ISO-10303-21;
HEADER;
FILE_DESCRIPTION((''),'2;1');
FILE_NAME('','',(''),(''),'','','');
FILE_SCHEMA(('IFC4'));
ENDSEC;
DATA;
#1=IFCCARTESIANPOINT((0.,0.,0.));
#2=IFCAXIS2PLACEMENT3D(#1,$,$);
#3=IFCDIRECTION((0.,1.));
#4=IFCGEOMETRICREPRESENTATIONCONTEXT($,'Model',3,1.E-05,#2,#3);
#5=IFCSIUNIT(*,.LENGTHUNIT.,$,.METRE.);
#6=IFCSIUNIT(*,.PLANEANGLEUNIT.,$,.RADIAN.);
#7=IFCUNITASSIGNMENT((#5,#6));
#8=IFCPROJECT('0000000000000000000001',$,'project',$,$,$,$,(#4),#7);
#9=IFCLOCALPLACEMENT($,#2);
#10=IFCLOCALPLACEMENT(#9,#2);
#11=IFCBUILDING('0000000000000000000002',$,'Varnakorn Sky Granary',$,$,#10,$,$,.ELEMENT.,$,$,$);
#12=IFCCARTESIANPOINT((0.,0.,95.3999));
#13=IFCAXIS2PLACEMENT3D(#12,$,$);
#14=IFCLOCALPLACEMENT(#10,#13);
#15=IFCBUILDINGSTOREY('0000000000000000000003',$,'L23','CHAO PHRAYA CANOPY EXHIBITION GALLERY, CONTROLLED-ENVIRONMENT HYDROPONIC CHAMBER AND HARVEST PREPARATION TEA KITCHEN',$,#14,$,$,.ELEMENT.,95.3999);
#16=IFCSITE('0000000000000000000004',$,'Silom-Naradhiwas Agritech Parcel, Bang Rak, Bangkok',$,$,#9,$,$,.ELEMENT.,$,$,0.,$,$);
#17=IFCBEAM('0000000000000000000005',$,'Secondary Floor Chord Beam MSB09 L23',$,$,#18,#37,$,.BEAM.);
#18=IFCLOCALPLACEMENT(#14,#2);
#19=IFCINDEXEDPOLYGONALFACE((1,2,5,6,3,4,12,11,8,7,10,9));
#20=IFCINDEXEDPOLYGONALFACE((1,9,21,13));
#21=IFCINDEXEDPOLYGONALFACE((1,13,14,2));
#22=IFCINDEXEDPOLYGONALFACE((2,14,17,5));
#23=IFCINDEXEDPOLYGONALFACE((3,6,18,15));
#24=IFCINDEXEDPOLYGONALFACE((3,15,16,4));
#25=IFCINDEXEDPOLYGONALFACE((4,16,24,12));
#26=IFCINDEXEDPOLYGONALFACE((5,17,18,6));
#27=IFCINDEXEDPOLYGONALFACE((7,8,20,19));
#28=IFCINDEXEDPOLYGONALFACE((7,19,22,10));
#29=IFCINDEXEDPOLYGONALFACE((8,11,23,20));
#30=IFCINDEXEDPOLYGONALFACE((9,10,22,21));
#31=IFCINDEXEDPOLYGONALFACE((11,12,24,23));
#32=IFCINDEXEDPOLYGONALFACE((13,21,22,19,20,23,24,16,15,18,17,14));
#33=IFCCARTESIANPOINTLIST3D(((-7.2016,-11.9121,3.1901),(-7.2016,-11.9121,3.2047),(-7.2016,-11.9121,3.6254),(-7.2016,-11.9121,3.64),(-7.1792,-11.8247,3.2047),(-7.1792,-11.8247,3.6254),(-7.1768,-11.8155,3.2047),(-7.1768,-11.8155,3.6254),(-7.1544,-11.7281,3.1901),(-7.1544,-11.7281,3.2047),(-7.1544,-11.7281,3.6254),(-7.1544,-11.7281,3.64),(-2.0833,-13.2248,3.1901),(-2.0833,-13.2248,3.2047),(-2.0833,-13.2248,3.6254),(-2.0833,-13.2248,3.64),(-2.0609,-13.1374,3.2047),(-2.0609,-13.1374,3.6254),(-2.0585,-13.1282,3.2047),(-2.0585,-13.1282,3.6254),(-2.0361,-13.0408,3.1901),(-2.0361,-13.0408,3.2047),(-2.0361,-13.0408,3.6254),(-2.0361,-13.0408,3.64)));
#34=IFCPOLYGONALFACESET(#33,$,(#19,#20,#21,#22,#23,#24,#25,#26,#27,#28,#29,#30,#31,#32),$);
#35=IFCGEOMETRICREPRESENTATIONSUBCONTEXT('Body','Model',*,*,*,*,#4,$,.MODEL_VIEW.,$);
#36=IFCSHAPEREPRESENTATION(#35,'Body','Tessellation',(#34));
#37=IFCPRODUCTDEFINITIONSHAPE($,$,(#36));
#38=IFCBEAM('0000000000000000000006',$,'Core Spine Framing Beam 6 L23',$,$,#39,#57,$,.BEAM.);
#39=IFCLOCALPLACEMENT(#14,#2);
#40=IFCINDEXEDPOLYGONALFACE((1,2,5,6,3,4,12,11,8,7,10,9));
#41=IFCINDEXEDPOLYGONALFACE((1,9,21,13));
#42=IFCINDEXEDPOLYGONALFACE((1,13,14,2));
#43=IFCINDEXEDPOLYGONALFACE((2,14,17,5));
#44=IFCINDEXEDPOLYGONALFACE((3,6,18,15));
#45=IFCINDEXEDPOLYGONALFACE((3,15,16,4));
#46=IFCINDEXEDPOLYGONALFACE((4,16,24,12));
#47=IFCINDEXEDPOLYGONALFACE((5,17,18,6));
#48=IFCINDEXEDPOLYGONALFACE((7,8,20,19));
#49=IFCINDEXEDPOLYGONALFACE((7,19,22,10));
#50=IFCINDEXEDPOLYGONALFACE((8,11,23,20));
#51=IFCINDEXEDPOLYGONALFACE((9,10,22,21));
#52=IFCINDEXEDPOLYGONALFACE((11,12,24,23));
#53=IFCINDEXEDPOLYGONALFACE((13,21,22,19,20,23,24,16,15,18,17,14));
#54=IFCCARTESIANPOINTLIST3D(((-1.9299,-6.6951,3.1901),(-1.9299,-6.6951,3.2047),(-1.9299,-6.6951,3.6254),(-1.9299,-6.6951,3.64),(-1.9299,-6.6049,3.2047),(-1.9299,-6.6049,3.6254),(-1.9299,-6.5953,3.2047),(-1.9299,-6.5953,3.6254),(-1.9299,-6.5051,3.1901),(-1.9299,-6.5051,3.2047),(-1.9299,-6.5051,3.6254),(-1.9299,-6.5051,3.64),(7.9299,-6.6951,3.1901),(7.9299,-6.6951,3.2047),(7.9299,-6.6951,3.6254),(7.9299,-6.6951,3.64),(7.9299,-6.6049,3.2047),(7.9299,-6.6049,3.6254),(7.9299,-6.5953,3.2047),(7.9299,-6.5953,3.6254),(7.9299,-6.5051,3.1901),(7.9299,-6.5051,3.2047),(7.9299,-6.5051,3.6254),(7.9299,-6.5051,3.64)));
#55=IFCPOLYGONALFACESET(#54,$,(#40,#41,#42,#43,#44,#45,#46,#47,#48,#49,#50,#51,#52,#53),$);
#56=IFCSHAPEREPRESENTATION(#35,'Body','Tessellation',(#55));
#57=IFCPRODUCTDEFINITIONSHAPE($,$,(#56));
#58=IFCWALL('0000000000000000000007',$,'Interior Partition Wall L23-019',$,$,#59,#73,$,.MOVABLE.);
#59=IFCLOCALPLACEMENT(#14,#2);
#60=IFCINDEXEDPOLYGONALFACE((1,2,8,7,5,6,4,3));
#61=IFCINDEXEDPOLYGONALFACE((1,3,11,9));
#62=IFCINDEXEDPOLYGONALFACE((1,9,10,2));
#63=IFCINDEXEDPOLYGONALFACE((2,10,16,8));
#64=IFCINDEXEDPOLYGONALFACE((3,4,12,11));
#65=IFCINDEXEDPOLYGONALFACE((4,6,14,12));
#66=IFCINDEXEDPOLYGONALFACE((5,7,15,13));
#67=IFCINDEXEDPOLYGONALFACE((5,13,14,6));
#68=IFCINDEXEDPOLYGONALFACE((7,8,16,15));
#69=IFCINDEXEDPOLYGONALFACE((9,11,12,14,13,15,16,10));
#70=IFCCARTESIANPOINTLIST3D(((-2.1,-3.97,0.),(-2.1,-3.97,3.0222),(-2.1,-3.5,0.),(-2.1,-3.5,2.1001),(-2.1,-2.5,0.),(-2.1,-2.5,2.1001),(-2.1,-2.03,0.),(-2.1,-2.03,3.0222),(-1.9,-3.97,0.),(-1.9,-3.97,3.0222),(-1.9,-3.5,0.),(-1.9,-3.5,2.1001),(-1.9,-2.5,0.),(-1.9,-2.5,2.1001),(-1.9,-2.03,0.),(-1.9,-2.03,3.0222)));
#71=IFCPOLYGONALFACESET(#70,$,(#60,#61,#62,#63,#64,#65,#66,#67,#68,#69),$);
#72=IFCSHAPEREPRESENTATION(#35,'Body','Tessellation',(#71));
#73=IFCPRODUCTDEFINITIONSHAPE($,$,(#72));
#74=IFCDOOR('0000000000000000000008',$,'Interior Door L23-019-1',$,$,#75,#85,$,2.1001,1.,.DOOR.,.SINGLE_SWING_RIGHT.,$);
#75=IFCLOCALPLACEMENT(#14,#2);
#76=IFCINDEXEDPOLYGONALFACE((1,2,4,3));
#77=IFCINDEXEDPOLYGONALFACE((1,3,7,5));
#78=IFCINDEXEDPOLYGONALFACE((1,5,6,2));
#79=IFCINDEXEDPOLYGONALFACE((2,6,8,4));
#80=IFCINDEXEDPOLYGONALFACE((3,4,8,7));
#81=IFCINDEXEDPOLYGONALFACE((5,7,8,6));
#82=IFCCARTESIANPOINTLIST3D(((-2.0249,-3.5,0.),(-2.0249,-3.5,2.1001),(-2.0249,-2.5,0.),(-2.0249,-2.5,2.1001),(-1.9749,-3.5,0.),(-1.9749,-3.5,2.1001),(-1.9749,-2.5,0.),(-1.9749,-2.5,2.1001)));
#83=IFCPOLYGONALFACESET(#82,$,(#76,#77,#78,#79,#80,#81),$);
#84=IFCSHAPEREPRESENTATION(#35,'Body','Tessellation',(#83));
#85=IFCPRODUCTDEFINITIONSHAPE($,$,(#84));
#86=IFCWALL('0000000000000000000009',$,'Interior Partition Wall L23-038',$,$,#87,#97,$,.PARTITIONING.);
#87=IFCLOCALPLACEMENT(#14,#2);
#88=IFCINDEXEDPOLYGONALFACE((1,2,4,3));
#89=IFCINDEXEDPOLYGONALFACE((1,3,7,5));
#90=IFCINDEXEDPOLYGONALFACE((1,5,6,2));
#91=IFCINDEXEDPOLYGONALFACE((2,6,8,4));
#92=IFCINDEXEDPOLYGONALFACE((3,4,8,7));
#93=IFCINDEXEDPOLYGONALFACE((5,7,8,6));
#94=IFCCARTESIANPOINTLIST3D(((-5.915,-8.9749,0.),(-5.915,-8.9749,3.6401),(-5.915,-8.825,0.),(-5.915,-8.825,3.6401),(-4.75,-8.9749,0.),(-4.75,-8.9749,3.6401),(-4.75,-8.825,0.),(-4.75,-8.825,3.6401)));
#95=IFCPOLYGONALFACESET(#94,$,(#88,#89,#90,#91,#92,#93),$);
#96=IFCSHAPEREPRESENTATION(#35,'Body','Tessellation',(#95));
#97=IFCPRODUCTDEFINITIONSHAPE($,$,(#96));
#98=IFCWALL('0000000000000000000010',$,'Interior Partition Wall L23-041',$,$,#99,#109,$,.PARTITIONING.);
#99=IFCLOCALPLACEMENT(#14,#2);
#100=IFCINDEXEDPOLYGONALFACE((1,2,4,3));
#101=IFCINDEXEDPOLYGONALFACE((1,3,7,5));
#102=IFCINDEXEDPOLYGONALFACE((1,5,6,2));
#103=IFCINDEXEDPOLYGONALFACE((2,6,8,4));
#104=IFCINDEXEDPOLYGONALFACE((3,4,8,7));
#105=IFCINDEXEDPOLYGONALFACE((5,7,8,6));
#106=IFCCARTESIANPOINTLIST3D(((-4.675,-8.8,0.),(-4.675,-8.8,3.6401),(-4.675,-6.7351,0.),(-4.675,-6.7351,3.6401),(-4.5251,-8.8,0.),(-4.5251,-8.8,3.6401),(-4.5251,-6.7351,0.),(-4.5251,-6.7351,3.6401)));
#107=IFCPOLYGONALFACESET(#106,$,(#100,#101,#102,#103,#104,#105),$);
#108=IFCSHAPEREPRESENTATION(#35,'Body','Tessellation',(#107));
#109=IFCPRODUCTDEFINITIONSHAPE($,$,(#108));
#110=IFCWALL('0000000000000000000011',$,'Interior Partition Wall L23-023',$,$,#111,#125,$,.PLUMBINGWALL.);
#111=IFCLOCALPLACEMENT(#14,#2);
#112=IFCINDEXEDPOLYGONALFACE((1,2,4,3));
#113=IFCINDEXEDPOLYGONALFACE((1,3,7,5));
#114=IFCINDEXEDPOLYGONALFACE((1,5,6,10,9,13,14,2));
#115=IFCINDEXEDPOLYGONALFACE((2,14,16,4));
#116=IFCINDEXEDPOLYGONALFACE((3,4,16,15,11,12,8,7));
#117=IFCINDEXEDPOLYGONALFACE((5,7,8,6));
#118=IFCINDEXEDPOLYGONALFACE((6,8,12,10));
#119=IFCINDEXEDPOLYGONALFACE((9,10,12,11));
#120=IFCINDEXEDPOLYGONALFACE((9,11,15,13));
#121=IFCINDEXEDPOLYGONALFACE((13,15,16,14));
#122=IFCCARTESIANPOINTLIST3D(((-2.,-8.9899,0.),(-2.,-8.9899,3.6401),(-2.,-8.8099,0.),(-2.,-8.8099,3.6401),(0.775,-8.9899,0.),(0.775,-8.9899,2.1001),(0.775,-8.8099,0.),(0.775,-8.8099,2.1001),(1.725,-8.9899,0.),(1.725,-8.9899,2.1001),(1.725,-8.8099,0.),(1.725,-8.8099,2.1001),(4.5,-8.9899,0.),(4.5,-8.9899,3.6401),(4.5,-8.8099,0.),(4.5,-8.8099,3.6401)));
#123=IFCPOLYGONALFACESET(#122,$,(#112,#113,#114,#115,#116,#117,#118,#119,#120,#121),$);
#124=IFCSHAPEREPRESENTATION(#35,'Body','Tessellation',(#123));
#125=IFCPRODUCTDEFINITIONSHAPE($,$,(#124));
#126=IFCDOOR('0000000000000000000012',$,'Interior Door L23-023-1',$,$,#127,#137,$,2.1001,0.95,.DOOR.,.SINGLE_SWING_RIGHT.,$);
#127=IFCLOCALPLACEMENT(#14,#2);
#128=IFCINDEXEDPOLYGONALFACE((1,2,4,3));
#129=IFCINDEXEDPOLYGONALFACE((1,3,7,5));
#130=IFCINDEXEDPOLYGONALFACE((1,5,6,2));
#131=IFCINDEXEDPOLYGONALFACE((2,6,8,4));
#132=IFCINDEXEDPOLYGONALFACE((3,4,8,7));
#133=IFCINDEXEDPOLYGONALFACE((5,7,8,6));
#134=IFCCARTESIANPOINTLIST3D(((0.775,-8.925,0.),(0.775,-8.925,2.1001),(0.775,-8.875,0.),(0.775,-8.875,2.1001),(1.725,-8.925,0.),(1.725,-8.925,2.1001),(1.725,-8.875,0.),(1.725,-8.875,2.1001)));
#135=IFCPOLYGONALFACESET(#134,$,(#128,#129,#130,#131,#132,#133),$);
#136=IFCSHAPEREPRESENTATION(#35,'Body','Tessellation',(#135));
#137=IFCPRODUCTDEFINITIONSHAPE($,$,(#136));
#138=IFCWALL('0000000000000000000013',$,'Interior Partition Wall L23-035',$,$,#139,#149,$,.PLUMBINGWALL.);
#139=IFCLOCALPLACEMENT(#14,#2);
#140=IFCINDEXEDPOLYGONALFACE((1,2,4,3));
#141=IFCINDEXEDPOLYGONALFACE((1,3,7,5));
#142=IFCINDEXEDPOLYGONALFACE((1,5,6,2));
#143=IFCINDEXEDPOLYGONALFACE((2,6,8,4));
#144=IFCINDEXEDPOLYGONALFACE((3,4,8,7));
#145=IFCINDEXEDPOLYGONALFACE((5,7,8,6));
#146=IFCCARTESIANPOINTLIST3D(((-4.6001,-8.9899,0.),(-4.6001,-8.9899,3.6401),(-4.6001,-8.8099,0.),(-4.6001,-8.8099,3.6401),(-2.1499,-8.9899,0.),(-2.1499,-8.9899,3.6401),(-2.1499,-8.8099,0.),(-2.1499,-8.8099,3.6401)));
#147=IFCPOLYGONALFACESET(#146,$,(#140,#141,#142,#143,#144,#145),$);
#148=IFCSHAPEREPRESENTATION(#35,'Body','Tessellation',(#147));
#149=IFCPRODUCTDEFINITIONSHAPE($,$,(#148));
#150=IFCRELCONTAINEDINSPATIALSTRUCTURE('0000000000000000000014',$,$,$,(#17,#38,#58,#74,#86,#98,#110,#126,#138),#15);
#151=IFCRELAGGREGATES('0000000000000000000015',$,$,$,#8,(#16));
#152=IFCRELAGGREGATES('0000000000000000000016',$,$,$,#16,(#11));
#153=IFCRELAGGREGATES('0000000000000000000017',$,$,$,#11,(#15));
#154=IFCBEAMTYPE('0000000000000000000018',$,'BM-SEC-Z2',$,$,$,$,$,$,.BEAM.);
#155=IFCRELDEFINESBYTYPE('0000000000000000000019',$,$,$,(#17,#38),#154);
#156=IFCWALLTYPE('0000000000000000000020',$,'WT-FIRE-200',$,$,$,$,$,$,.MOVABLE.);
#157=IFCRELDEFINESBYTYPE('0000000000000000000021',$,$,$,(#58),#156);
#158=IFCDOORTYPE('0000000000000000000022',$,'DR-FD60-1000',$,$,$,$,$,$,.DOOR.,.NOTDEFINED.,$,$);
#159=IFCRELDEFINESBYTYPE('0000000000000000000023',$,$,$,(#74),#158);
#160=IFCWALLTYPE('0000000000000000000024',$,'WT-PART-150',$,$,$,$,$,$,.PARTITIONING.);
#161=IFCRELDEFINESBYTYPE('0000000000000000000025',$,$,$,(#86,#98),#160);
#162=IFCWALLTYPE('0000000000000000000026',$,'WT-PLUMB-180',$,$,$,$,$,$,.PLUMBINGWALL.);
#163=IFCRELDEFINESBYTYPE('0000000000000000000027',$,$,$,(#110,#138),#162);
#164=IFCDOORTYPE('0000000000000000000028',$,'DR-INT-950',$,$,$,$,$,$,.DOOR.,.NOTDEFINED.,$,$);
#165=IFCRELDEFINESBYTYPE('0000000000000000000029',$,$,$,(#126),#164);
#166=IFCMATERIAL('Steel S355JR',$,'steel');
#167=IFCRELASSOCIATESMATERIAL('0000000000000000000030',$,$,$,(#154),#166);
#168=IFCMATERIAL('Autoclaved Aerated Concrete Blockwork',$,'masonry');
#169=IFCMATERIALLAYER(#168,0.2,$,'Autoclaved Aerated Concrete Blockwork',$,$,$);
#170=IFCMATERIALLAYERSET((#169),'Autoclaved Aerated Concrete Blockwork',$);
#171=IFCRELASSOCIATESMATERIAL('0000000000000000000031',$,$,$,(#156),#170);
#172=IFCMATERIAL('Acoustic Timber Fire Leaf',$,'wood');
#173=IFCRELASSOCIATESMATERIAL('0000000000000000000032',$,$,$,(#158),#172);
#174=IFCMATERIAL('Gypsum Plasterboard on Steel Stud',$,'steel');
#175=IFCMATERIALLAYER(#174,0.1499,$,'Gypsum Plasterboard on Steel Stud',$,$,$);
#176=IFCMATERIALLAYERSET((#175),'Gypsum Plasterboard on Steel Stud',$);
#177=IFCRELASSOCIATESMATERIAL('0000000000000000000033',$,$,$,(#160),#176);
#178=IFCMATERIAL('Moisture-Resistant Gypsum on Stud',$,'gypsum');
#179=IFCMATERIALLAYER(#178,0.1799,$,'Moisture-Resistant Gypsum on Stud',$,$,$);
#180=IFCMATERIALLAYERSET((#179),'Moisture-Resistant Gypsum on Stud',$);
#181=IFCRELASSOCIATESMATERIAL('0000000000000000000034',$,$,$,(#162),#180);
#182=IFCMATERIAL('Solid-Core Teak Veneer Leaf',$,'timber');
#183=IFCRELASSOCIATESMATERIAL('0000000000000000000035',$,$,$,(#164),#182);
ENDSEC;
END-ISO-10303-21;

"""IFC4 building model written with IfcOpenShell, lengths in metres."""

from ifc_helpers import new_model, si_unit, direction, frame, frame_2d, origin, origin_2d, place, context, subcontext, project, spatial, rectangle, i_section, extrude, material, layer, layer_set, material_profile, profile_set, type_object, element, fill, save


model = new_model("IFC4")

# Units and contexts
model_context = context("Model", 3, precision=1e-05, world=origin(), true_north=direction((0.0, 1.0)))
body_context = subcontext(model_context, "Body", "Model", "MODEL_VIEW")
ifc_project = project(units=[si_unit("LENGTHUNIT", "METRE"), si_unit("PLANEANGLEUNIT", "RADIAN")], contexts=[model_context])

# Site, building, storey
site_placement = place(None, origin())
site = spatial("IfcSite", under=ifc_project, at=site_placement, Name="Silom-Naradhiwas Agritech Parcel, Bang Rak, Bangkok", CompositionType="ELEMENT", RefElevation=0.0)
building_placement = place(site_placement, origin())
building = spatial("IfcBuilding", under=site, at=building_placement, Name="Varnakorn Sky Granary", CompositionType="ELEMENT")
storey_placement = place(building_placement, frame((0.0, 0.0, 95.3999)))
storey = spatial("IfcBuildingStorey", under=building, at=storey_placement, Name="L23", Description="CHAO PHRAYA CANOPY EXHIBITION GALLERY, CONTROLLED-ENVIRONMENT HYDROPONIC CHAMBER AND HARVEST PREPARATION TEA KITCHEN", CompositionType="ELEMENT", Elevation=95.3999)

# Beams
ifc_material_1 = material(Name="Steel S355JR", Category="steel")
ifc_material_profile_1 = material_profile(ifc_material_1, i_section(OverallWidth=0.1899, OverallDepth=0.45, WebThickness=0.0095, FlangeThickness=0.0146, at=origin_2d()), Name="IPE 450")
ifc_profile_set_1 = profile_set([ifc_material_profile_1], Name="Steel S355JR")
beam_type_1 = type_object("IfcBeamType", Name="BM-SEC-Z2", PredefinedType="BEAM", material=ifc_profile_set_1)
beam_1_placement = place(storey_placement, frame((-7.178, -11.8201, 3.415), z_axis=(0.968646, -0.248445, 0.0), x_axis=(0.248445, 0.968646, 0.0)))
element("IfcBeam", 1, at=beam_1_placement, inside=storey, type_object=beam_type_1, Name="Secondary Floor Chord Beam MSB09 L23", PredefinedType="BEAM", context=body_context, shape_type="SweptSolid", body=[
    extrude(i_section(OverallWidth=0.1899, OverallDepth=0.45, WebThickness=0.0095, FlangeThickness=0.0146, at=origin_2d()), origin(), (0.0, 0.0, 1.0), 5.2839),
])
beam_2_placement = place(storey_placement, frame((-1.9299, -6.6001, 3.415), z_axis=(1.0, 0.0, 0.0), x_axis=(0.0, 1.0, 0.0)))
element("IfcBeam", 2, at=beam_2_placement, inside=storey, type_object=beam_type_1, Name="Core Spine Framing Beam 6 L23", PredefinedType="BEAM", context=body_context, shape_type="SweptSolid", body=[
    extrude(i_section(OverallWidth=0.1899, OverallDepth=0.45, WebThickness=0.0095, FlangeThickness=0.0146, at=origin_2d()), origin(), (0.0, 0.0, 1.0), 9.8599),
])

# Wall, opening, door
ifc_material_2 = material(Name="Autoclaved Aerated Concrete Blockwork", Category="masonry")
ifc_layer_1 = layer(ifc_material_2, 0.2, Name="Autoclaved Aerated Concrete Blockwork")
ifc_layer_set_1 = layer_set([ifc_layer_1], Name="Autoclaved Aerated Concrete Blockwork")
wall_type_1 = type_object("IfcWallType", Name="WT-FIRE-200", PredefinedType="MOVABLE", material=ifc_layer_set_1)
wall_1_placement = place(storey_placement, frame((-2.0, -3.97, 0.0), z_axis=(0.0, 0.0, 1.0), x_axis=(0.0, 1.0, 0.0)))
wall_1 = element("IfcWall", 3, at=wall_1_placement, inside=storey, type_object=wall_type_1, Name="Interior Partition Wall L23-019", PredefinedType="MOVABLE", context=body_context, shape_type="SweptSolid", body=[
    extrude(rectangle(XDim=1.9399, YDim=0.2, at=frame_2d((0.97, 0.0))), origin(), (0.0, 0.0, 1.0), 3.0222),
])
opening_1_placement = place(wall_1_placement, frame((0.47, 0.0, 0.0)))
opening_1 = element("IfcOpeningElement", 4, at=opening_1_placement, cuts=wall_1, PredefinedType="OPENING", context=body_context, shape_type="SweptSolid", body=[
    extrude(rectangle(XDim=1.0, YDim=2.1001, at=frame_2d((0.5, 1.05))), frame((0.0, 0.1099, 0.0), z_axis=(0.0, -1.0, 0.0), x_axis=(1.0, 0.0, 0.0)), (0.0, 0.0, 1.0), 0.22),
])
ifc_material_3 = material(Name="Acoustic Timber Fire Leaf", Category="wood")
door_type_1 = type_object("IfcDoorType", Name="DR-FD60-1000", OperationType="NOTDEFINED", PredefinedType="DOOR", material=ifc_material_3)
door_1_placement = place(opening_1_placement, origin())
door_1 = element("IfcDoor", 5, at=door_1_placement, inside=storey, type_object=door_type_1, Name="Interior Door L23-019-1", OperationType="SINGLE_SWING_RIGHT", OverallHeight=2.1001, OverallWidth=1.0, PredefinedType="DOOR", context=body_context, shape_type="SweptSolid", body=[
    extrude(rectangle(XDim=1.0, YDim=2.1001, at=frame_2d((0.5, 1.05))), frame((0.0, 0.0249, 0.0), z_axis=(0.0, -1.0, 0.0), x_axis=(1.0, 0.0, 0.0)), (0.0, 0.0, 1.0), 0.05),
])
fill(opening_1, door_1)

# Walls
ifc_material_4 = material(Name="Gypsum Plasterboard on Steel Stud", Category="steel")
ifc_layer_2 = layer(ifc_material_4, 0.1499, Name="Gypsum Plasterboard on Steel Stud")
ifc_layer_set_2 = layer_set([ifc_layer_2], Name="Gypsum Plasterboard on Steel Stud")
wall_type_2 = type_object("IfcWallType", Name="WT-PART-150", PredefinedType="PARTITIONING", material=ifc_layer_set_2)
wall_2_placement = place(storey_placement, frame((-5.915, -8.8999, 0.0), z_axis=(0.0, 0.0, 1.0), x_axis=(1.0, 0.0, 0.0)))
element("IfcWall", 6, at=wall_2_placement, inside=storey, type_object=wall_type_2, Name="Interior Partition Wall L23-038", PredefinedType="PARTITIONING", context=body_context, shape_type="SweptSolid", body=[
    extrude(rectangle(XDim=1.165, YDim=0.1499, at=frame_2d((0.5825, 0.0))), origin(), (0.0, 0.0, 1.0), 3.6401),
])
wall_3_placement = place(storey_placement, frame((-4.6001, -6.7351, 0.0), z_axis=(0.0, 0.0, 1.0), x_axis=(0.0, -1.0, 0.0)))
element("IfcWall", 7, at=wall_3_placement, inside=storey, type_object=wall_type_2, Name="Interior Partition Wall L23-041", PredefinedType="PARTITIONING", context=body_context, shape_type="SweptSolid", body=[
    extrude(rectangle(XDim=2.0649, YDim=0.1499, at=frame_2d((1.0325, 0.0))), origin(), (0.0, 0.0, 1.0), 3.6401),
])

# Wall, opening, door
ifc_material_5 = material(Name="Moisture-Resistant Gypsum on Stud", Category="gypsum")
ifc_layer_3 = layer(ifc_material_5, 0.1799, Name="Moisture-Resistant Gypsum on Stud")
ifc_layer_set_3 = layer_set([ifc_layer_3], Name="Moisture-Resistant Gypsum on Stud")
wall_type_3 = type_object("IfcWallType", Name="WT-PLUMB-180", PredefinedType="PLUMBINGWALL", material=ifc_layer_set_3)
wall_4_placement = place(storey_placement, frame((-2.0, -8.8999, 0.0), z_axis=(0.0, 0.0, 1.0), x_axis=(1.0, 0.0, 0.0)))
wall_4 = element("IfcWall", 8, at=wall_4_placement, inside=storey, type_object=wall_type_3, Name="Interior Partition Wall L23-023", PredefinedType="PLUMBINGWALL", context=body_context, shape_type="SweptSolid", body=[
    extrude(rectangle(XDim=6.5, YDim=0.1799, at=frame_2d((3.25, 0.0))), origin(), (0.0, 0.0, 1.0), 3.6401),
])
opening_2_placement = place(wall_4_placement, frame((2.7749, 0.0, 0.0)))
opening_2 = element("IfcOpeningElement", 9, at=opening_2_placement, cuts=wall_4, PredefinedType="OPENING", context=body_context, shape_type="SweptSolid", body=[
    extrude(rectangle(XDim=0.95, YDim=2.1001, at=frame_2d((0.4751, 1.05))), frame((0.0, 0.1001, 0.0), z_axis=(0.0, -1.0, 0.0), x_axis=(1.0, 0.0, 0.0)), (0.0, 0.0, 1.0), 0.2),
])
ifc_material_6 = material(Name="Solid-Core Teak Veneer Leaf", Category="timber")
door_type_2 = type_object("IfcDoorType", Name="DR-INT-950", OperationType="NOTDEFINED", PredefinedType="DOOR", material=ifc_material_6)
door_2_placement = place(opening_2_placement, origin())
door_2 = element("IfcDoor", 10, at=door_2_placement, inside=storey, type_object=door_type_2, Name="Interior Door L23-023-1", OperationType="SINGLE_SWING_RIGHT", OverallHeight=2.1001, OverallWidth=0.95, PredefinedType="DOOR", context=body_context, shape_type="SweptSolid", body=[
    extrude(rectangle(XDim=0.95, YDim=2.1001, at=frame_2d((0.4751, 1.05))), frame((0.0, 0.0249, 0.0), z_axis=(0.0, -1.0, 0.0), x_axis=(1.0, 0.0, 0.0)), (0.0, 0.0, 1.0), 0.05),
])
fill(opening_2, door_2)

# Wall
wall_5_placement = place(storey_placement, frame((-4.6001, -8.8999, 0.0), z_axis=(0.0, 0.0, 1.0), x_axis=(1.0, 0.0, 0.0)))
element("IfcWall", 11, at=wall_5_placement, inside=storey, type_object=wall_type_3, Name="Interior Partition Wall L23-035", PredefinedType="PLUMBINGWALL", context=body_context, shape_type="SweptSolid", body=[
    extrude(rectangle(XDim=2.4502, YDim=0.1799, at=frame_2d((1.2251, 0.0))), origin(), (0.0, 0.0, 1.0), 3.6401),
])

save(model, "model.ifc")
